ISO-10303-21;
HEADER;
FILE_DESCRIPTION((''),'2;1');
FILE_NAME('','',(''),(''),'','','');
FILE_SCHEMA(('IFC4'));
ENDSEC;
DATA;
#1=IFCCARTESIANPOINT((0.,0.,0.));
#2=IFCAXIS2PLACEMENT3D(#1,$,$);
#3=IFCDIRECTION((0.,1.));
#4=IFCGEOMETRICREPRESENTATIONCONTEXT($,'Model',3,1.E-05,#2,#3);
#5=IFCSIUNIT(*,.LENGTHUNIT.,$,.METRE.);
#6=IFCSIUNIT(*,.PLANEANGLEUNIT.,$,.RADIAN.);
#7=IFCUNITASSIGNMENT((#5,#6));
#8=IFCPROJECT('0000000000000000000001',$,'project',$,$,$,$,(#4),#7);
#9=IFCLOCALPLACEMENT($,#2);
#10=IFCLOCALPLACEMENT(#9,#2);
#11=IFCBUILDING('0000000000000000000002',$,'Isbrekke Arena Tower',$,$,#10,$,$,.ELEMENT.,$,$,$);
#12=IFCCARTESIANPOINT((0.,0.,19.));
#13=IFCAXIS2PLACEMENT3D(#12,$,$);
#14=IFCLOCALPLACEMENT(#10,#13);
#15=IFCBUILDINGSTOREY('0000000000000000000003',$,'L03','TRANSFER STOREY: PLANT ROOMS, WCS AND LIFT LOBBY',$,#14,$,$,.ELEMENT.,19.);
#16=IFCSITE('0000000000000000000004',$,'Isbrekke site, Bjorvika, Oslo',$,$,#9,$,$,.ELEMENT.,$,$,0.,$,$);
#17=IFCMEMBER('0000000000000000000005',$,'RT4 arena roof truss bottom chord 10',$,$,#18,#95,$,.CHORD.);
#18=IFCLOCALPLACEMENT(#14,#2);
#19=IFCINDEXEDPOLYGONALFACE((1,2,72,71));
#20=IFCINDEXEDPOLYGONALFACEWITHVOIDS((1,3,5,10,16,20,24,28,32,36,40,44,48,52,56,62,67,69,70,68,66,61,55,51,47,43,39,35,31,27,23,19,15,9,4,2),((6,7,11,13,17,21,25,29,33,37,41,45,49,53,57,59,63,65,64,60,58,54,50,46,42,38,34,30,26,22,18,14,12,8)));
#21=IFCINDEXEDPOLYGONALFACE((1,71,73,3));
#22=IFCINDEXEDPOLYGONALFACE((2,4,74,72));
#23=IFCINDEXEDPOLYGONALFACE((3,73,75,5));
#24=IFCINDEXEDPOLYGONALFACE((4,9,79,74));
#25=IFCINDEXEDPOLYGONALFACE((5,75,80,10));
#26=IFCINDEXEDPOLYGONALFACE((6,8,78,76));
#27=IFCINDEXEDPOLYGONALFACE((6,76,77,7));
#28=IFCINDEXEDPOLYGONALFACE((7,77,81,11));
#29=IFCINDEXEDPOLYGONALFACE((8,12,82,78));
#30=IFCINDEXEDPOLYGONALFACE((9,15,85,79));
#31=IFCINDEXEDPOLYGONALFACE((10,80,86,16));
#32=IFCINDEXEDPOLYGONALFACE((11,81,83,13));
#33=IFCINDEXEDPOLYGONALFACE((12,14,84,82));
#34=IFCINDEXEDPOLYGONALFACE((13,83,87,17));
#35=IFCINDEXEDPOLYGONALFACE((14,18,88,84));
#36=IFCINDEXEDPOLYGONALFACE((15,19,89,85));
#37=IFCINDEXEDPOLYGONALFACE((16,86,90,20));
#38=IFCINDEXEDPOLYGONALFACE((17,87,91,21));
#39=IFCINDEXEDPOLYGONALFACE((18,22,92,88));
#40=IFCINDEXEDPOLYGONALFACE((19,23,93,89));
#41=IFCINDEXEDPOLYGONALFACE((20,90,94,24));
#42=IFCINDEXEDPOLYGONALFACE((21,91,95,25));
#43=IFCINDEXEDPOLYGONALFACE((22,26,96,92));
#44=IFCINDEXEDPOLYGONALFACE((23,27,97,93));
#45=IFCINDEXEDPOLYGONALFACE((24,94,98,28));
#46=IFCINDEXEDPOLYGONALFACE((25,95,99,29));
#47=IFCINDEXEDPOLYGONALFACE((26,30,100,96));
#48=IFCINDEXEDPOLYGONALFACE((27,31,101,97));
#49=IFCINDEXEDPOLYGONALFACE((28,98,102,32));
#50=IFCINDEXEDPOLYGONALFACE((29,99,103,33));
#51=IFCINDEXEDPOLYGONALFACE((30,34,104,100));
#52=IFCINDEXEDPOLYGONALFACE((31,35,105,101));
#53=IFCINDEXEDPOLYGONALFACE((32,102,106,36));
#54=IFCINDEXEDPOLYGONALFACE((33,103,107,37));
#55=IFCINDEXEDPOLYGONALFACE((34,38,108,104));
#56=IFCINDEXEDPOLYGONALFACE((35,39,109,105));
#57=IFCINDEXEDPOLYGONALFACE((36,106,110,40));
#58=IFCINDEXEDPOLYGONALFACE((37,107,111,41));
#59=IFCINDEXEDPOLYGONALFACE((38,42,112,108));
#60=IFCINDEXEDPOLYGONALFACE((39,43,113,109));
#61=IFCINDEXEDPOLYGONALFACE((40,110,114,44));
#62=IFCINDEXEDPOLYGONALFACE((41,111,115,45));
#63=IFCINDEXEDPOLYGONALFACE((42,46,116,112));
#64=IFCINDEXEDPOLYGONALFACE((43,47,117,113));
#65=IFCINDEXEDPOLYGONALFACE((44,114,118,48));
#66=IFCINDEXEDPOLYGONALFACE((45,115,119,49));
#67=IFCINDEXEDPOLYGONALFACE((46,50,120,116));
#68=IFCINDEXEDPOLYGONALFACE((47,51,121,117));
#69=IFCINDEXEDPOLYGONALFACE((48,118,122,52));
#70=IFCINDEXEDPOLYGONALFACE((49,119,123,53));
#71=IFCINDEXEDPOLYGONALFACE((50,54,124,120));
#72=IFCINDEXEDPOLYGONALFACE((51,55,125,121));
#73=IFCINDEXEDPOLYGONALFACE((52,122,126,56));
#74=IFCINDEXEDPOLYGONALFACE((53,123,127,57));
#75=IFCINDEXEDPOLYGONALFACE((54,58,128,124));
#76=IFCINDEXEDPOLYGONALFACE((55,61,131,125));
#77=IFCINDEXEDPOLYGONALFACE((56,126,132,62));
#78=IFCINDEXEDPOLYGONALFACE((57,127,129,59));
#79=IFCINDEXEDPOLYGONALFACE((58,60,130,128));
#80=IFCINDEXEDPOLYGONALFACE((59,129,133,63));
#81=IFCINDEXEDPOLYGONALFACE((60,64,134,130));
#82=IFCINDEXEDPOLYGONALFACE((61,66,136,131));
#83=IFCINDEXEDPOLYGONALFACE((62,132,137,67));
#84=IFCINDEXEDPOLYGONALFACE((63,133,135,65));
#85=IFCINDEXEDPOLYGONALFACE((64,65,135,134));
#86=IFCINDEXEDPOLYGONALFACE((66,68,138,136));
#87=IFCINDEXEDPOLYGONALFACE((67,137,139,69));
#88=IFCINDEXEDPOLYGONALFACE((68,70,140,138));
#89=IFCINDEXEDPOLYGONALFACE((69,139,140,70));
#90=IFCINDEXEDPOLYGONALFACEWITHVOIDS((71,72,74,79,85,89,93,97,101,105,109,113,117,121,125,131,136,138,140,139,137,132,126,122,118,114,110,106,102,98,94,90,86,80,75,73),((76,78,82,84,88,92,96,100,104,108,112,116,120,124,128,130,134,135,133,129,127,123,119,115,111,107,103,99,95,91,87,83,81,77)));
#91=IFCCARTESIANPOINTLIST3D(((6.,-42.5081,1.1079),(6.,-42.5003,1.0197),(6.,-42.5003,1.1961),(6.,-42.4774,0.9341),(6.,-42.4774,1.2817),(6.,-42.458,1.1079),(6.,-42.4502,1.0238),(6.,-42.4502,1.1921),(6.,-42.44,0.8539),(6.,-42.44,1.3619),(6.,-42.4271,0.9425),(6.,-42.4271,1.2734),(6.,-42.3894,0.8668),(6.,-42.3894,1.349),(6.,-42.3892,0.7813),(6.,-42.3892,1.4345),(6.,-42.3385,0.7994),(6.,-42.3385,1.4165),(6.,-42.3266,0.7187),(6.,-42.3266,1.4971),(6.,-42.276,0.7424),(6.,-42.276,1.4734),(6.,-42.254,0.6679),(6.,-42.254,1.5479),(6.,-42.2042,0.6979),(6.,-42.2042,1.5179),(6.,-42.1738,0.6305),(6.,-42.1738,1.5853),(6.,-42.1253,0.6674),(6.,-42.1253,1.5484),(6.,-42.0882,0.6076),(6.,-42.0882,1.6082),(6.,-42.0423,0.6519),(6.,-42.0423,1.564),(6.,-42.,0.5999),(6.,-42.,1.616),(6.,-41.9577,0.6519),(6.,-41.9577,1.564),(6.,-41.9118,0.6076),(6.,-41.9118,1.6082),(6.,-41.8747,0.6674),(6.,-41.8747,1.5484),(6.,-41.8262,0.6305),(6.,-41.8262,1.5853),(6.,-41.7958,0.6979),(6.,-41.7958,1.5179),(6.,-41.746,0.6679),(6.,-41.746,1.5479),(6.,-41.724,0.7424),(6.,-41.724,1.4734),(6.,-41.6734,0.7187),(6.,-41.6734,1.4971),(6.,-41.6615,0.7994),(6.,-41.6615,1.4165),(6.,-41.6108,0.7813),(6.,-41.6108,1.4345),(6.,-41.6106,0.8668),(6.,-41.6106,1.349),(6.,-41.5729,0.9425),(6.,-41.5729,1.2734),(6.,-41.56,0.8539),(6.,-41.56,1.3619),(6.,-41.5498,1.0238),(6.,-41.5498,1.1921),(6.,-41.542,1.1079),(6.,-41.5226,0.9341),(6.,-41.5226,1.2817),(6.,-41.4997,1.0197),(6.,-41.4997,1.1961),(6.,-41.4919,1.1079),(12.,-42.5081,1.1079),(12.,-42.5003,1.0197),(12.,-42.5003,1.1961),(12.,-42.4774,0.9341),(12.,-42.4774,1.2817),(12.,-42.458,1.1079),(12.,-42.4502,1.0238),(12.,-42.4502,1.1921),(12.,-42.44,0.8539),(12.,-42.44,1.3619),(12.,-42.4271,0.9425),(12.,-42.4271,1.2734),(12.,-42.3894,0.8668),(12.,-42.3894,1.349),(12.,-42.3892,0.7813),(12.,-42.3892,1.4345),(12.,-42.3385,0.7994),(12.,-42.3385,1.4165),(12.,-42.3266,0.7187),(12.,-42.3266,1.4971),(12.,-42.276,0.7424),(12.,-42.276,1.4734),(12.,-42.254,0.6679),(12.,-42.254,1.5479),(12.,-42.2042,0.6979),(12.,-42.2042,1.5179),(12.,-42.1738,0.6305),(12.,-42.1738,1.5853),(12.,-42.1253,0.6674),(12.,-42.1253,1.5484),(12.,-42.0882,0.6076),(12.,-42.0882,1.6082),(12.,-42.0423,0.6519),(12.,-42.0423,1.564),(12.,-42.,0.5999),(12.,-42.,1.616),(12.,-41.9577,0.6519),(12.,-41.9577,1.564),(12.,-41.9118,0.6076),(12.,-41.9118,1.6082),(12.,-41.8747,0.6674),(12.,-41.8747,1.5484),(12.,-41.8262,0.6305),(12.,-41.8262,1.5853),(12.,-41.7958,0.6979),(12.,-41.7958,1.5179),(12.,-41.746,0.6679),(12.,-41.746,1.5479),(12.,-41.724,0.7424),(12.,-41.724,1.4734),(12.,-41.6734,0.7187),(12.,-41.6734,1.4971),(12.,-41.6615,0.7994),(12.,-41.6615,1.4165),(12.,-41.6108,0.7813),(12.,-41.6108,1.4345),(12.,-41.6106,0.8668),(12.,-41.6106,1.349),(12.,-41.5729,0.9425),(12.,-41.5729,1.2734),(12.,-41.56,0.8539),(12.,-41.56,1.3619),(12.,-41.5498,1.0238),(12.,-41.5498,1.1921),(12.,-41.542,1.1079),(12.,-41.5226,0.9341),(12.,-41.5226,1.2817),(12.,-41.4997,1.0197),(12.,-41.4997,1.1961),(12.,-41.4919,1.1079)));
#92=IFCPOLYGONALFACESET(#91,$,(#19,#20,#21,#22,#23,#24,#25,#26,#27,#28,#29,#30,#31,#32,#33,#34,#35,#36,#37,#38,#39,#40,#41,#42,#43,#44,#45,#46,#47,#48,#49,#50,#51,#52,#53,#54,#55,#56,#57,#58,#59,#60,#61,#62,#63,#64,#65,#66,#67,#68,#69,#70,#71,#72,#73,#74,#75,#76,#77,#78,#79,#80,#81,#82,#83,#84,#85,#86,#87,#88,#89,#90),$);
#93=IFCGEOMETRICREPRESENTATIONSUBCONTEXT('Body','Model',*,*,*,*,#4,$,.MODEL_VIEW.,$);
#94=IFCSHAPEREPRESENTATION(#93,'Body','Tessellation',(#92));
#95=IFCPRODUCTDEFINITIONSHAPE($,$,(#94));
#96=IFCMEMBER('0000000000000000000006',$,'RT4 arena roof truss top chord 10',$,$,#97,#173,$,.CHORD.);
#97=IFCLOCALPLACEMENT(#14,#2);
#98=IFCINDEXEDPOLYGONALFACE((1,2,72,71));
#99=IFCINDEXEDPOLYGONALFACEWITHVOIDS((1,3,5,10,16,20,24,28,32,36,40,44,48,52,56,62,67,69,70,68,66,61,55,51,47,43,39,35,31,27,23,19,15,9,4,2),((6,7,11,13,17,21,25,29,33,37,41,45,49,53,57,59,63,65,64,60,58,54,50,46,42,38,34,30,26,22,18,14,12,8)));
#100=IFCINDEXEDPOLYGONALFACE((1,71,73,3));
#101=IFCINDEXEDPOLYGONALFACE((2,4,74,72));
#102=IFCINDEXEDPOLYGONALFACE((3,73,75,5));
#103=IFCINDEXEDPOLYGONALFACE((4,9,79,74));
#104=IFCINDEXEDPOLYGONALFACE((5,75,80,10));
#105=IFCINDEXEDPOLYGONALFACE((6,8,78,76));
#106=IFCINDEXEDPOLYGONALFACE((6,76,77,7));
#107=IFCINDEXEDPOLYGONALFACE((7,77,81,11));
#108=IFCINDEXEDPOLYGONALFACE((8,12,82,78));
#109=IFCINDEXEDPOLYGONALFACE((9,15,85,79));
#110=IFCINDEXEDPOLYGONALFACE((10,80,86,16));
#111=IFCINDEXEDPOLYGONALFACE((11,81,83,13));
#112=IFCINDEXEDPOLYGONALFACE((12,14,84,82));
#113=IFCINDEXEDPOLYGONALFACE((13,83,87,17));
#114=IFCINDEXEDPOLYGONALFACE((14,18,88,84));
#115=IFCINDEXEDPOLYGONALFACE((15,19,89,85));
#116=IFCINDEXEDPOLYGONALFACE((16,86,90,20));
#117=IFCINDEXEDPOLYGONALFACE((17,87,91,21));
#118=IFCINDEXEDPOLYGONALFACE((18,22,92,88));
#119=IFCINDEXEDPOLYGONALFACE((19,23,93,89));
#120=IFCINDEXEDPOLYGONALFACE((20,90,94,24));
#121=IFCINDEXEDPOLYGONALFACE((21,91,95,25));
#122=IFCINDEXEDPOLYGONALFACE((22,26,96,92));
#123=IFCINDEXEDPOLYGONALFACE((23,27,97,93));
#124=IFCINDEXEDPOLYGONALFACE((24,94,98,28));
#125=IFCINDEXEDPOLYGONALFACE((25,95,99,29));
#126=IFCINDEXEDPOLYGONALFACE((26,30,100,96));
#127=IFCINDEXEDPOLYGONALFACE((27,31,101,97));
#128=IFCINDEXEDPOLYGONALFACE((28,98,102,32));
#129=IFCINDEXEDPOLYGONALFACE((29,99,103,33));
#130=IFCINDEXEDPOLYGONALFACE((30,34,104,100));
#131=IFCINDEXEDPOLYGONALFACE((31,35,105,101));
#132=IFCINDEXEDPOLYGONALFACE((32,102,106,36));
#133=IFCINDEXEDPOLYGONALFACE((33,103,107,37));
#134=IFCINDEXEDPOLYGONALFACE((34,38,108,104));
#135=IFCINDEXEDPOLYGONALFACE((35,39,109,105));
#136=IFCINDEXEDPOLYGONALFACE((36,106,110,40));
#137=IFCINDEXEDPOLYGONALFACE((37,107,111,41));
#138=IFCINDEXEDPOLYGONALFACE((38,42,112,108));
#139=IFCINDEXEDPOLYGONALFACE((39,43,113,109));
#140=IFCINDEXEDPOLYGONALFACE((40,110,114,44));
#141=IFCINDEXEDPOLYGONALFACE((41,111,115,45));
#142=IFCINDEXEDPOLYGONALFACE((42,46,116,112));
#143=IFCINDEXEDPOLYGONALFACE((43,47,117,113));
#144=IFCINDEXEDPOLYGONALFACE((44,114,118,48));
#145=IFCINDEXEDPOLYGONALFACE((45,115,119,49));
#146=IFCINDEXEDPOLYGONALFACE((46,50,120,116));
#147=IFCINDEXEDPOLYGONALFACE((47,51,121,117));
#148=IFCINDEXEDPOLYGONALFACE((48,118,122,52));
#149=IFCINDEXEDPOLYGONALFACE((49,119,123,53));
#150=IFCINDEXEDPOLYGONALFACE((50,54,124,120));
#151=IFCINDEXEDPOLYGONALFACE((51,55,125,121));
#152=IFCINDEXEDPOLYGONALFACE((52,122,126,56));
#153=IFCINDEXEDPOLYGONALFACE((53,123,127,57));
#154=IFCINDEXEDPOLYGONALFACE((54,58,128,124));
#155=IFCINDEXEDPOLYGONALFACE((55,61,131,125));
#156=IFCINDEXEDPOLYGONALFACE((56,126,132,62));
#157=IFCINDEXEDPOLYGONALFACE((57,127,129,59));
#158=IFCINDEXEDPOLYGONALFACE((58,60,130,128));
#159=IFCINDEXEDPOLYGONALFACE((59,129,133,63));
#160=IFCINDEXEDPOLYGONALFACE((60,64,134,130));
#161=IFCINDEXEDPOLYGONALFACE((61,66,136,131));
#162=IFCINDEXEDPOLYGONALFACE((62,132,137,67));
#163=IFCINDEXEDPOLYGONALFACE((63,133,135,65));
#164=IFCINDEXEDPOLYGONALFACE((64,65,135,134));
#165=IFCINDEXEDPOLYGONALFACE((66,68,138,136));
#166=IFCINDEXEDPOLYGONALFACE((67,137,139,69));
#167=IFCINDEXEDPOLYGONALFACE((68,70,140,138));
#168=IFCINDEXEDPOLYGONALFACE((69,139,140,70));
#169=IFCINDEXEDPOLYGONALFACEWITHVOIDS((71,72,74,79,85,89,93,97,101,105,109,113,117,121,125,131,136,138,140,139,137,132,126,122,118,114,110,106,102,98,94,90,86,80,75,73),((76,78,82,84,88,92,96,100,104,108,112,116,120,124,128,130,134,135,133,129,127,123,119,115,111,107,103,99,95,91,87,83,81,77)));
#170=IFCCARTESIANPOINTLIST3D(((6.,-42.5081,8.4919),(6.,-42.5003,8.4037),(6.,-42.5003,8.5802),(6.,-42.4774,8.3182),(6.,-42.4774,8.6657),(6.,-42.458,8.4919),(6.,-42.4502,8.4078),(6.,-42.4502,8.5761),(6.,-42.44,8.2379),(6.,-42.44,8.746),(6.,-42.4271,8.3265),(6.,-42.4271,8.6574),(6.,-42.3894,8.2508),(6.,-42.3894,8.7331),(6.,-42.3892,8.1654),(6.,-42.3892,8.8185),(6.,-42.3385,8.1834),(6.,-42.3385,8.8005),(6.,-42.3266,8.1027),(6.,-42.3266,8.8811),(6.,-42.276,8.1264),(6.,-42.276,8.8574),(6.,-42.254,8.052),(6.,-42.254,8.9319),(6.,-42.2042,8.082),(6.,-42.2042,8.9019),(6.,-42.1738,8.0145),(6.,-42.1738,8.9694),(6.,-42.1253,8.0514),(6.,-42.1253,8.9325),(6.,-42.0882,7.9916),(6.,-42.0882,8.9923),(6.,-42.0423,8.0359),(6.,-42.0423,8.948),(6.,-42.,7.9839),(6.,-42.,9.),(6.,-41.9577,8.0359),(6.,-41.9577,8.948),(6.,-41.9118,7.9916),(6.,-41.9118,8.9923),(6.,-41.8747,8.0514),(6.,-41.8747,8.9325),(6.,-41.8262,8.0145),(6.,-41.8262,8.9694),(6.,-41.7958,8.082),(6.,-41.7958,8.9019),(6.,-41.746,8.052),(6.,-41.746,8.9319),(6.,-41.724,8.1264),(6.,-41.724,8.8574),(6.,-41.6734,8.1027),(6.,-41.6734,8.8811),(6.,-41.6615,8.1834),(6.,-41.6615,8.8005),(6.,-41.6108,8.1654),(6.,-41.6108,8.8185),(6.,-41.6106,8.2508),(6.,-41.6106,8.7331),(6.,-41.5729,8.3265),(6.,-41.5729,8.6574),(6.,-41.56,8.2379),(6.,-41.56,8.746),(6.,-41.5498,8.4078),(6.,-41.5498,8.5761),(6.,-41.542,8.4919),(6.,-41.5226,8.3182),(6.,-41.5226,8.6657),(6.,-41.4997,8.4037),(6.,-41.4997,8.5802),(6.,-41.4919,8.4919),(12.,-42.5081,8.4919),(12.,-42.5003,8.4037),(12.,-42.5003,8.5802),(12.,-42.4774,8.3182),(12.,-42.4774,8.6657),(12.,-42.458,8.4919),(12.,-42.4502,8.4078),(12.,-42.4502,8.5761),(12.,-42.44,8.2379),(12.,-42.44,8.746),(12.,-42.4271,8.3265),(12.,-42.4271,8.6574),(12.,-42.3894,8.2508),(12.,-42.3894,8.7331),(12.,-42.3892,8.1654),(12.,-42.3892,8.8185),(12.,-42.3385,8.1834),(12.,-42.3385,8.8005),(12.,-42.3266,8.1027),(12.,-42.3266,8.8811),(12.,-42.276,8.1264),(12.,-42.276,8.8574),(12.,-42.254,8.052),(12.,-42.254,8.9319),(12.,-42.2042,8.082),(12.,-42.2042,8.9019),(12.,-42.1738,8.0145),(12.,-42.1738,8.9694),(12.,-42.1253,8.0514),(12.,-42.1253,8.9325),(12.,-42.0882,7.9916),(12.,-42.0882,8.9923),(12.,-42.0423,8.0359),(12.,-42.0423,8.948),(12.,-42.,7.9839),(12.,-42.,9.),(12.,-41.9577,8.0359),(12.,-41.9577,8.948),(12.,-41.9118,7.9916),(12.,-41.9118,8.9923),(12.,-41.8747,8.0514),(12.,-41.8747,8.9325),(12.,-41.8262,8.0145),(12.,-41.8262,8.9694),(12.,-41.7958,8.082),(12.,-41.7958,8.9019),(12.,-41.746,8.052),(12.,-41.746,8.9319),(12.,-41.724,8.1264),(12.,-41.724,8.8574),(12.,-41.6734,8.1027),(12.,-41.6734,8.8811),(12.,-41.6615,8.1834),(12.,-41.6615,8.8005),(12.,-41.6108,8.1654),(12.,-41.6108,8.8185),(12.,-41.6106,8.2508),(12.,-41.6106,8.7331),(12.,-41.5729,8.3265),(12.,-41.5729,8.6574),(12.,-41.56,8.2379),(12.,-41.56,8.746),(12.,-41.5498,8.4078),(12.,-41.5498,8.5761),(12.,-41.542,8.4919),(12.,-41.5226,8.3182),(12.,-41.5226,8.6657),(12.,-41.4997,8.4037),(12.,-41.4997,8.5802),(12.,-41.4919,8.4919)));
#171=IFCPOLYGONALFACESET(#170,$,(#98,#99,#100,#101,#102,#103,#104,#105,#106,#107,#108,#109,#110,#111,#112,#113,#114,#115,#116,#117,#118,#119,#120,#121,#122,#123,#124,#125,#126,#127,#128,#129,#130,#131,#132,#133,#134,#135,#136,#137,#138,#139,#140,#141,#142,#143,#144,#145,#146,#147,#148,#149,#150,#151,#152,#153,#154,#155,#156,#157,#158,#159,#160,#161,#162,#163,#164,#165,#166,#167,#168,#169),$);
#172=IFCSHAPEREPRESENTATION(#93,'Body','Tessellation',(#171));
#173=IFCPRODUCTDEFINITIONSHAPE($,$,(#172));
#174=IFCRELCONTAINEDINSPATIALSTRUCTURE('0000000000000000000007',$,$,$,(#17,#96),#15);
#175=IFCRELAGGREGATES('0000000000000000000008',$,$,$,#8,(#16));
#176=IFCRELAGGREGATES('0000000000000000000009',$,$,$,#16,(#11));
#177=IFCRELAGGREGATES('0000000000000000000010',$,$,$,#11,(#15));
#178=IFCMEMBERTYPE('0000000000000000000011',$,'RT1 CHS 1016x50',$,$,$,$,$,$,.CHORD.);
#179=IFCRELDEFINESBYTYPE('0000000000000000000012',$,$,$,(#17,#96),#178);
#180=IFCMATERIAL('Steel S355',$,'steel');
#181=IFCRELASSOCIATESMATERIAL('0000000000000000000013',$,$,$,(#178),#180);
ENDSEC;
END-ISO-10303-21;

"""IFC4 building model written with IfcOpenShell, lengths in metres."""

from ifc_helpers import new_model, si_unit, direction, frame, origin, origin_2d, place, context, subcontext, project, spatial, hollow_circle, extrude, material, material_profile, profile_set, type_object, element, save


model = new_model("IFC4")

# Units and contexts
model_context = context("Model", 3, precision=1e-05, world=origin(), true_north=direction((0.0, 1.0)))
body_context = subcontext(model_context, "Body", "Model", "MODEL_VIEW")
ifc_project = project(units=[si_unit("LENGTHUNIT", "METRE"), si_unit("PLANEANGLEUNIT", "RADIAN")], contexts=[model_context])

# Site, building, storey
site_placement = place(None, origin())
site = spatial("IfcSite", under=ifc_project, at=site_placement, Name="Isbrekke site, Bjorvika, Oslo", CompositionType="ELEMENT", RefElevation=0.0)
building_placement = place(site_placement, origin())
building = spatial("IfcBuilding", under=site, at=building_placement, Name="Isbrekke Arena Tower", CompositionType="ELEMENT")
storey_placement = place(building_placement, frame((0.0, 0.0, 19.0)))
storey = spatial("IfcBuildingStorey", under=building, at=storey_placement, Name="L03", Description="TRANSFER STOREY: PLANT ROOMS, WCS AND LIFT LOBBY", CompositionType="ELEMENT", Elevation=19.0)

# Members
ifc_material_1 = material(Name="Steel S355", Category="steel")
ifc_material_profile_1 = material_profile(ifc_material_1, hollow_circle(Radius=0.5081, WallThickness=0.05, at=origin_2d()), Name="CHS 1016x50")
ifc_profile_set_1 = profile_set([ifc_material_profile_1], Name="Steel S355")
member_type_1 = type_object("IfcMemberType", Name="RT1 CHS 1016x50", PredefinedType="CHORD", material=ifc_profile_set_1)
for number, where, z_axis, x_axis, name in (
    (1, (6.0, -42.0, 1.1079), (1.0, 0.0, 0.0), (0.0, 1.0, 0.0), "RT4 arena roof truss bottom chord 10"),
    (2, (6.0, -42.0, 8.4919), (1.0, 0.0, 0.0), (0.0, 1.0, 0.0), "RT4 arena roof truss top chord 10"),
):
    element("IfcMember", number, at=place(storey_placement, frame(where, z_axis=z_axis, x_axis=x_axis)), inside=storey, type_object=member_type_1, Name=name, PredefinedType="CHORD", context=body_context, shape_type="SweptSolid", body=[
        extrude(hollow_circle(Radius=0.5081, WallThickness=0.05, at=origin_2d()), origin(), (0.0, 0.0, 1.0), 6.0),
    ])

save(model, "model.ifc")
